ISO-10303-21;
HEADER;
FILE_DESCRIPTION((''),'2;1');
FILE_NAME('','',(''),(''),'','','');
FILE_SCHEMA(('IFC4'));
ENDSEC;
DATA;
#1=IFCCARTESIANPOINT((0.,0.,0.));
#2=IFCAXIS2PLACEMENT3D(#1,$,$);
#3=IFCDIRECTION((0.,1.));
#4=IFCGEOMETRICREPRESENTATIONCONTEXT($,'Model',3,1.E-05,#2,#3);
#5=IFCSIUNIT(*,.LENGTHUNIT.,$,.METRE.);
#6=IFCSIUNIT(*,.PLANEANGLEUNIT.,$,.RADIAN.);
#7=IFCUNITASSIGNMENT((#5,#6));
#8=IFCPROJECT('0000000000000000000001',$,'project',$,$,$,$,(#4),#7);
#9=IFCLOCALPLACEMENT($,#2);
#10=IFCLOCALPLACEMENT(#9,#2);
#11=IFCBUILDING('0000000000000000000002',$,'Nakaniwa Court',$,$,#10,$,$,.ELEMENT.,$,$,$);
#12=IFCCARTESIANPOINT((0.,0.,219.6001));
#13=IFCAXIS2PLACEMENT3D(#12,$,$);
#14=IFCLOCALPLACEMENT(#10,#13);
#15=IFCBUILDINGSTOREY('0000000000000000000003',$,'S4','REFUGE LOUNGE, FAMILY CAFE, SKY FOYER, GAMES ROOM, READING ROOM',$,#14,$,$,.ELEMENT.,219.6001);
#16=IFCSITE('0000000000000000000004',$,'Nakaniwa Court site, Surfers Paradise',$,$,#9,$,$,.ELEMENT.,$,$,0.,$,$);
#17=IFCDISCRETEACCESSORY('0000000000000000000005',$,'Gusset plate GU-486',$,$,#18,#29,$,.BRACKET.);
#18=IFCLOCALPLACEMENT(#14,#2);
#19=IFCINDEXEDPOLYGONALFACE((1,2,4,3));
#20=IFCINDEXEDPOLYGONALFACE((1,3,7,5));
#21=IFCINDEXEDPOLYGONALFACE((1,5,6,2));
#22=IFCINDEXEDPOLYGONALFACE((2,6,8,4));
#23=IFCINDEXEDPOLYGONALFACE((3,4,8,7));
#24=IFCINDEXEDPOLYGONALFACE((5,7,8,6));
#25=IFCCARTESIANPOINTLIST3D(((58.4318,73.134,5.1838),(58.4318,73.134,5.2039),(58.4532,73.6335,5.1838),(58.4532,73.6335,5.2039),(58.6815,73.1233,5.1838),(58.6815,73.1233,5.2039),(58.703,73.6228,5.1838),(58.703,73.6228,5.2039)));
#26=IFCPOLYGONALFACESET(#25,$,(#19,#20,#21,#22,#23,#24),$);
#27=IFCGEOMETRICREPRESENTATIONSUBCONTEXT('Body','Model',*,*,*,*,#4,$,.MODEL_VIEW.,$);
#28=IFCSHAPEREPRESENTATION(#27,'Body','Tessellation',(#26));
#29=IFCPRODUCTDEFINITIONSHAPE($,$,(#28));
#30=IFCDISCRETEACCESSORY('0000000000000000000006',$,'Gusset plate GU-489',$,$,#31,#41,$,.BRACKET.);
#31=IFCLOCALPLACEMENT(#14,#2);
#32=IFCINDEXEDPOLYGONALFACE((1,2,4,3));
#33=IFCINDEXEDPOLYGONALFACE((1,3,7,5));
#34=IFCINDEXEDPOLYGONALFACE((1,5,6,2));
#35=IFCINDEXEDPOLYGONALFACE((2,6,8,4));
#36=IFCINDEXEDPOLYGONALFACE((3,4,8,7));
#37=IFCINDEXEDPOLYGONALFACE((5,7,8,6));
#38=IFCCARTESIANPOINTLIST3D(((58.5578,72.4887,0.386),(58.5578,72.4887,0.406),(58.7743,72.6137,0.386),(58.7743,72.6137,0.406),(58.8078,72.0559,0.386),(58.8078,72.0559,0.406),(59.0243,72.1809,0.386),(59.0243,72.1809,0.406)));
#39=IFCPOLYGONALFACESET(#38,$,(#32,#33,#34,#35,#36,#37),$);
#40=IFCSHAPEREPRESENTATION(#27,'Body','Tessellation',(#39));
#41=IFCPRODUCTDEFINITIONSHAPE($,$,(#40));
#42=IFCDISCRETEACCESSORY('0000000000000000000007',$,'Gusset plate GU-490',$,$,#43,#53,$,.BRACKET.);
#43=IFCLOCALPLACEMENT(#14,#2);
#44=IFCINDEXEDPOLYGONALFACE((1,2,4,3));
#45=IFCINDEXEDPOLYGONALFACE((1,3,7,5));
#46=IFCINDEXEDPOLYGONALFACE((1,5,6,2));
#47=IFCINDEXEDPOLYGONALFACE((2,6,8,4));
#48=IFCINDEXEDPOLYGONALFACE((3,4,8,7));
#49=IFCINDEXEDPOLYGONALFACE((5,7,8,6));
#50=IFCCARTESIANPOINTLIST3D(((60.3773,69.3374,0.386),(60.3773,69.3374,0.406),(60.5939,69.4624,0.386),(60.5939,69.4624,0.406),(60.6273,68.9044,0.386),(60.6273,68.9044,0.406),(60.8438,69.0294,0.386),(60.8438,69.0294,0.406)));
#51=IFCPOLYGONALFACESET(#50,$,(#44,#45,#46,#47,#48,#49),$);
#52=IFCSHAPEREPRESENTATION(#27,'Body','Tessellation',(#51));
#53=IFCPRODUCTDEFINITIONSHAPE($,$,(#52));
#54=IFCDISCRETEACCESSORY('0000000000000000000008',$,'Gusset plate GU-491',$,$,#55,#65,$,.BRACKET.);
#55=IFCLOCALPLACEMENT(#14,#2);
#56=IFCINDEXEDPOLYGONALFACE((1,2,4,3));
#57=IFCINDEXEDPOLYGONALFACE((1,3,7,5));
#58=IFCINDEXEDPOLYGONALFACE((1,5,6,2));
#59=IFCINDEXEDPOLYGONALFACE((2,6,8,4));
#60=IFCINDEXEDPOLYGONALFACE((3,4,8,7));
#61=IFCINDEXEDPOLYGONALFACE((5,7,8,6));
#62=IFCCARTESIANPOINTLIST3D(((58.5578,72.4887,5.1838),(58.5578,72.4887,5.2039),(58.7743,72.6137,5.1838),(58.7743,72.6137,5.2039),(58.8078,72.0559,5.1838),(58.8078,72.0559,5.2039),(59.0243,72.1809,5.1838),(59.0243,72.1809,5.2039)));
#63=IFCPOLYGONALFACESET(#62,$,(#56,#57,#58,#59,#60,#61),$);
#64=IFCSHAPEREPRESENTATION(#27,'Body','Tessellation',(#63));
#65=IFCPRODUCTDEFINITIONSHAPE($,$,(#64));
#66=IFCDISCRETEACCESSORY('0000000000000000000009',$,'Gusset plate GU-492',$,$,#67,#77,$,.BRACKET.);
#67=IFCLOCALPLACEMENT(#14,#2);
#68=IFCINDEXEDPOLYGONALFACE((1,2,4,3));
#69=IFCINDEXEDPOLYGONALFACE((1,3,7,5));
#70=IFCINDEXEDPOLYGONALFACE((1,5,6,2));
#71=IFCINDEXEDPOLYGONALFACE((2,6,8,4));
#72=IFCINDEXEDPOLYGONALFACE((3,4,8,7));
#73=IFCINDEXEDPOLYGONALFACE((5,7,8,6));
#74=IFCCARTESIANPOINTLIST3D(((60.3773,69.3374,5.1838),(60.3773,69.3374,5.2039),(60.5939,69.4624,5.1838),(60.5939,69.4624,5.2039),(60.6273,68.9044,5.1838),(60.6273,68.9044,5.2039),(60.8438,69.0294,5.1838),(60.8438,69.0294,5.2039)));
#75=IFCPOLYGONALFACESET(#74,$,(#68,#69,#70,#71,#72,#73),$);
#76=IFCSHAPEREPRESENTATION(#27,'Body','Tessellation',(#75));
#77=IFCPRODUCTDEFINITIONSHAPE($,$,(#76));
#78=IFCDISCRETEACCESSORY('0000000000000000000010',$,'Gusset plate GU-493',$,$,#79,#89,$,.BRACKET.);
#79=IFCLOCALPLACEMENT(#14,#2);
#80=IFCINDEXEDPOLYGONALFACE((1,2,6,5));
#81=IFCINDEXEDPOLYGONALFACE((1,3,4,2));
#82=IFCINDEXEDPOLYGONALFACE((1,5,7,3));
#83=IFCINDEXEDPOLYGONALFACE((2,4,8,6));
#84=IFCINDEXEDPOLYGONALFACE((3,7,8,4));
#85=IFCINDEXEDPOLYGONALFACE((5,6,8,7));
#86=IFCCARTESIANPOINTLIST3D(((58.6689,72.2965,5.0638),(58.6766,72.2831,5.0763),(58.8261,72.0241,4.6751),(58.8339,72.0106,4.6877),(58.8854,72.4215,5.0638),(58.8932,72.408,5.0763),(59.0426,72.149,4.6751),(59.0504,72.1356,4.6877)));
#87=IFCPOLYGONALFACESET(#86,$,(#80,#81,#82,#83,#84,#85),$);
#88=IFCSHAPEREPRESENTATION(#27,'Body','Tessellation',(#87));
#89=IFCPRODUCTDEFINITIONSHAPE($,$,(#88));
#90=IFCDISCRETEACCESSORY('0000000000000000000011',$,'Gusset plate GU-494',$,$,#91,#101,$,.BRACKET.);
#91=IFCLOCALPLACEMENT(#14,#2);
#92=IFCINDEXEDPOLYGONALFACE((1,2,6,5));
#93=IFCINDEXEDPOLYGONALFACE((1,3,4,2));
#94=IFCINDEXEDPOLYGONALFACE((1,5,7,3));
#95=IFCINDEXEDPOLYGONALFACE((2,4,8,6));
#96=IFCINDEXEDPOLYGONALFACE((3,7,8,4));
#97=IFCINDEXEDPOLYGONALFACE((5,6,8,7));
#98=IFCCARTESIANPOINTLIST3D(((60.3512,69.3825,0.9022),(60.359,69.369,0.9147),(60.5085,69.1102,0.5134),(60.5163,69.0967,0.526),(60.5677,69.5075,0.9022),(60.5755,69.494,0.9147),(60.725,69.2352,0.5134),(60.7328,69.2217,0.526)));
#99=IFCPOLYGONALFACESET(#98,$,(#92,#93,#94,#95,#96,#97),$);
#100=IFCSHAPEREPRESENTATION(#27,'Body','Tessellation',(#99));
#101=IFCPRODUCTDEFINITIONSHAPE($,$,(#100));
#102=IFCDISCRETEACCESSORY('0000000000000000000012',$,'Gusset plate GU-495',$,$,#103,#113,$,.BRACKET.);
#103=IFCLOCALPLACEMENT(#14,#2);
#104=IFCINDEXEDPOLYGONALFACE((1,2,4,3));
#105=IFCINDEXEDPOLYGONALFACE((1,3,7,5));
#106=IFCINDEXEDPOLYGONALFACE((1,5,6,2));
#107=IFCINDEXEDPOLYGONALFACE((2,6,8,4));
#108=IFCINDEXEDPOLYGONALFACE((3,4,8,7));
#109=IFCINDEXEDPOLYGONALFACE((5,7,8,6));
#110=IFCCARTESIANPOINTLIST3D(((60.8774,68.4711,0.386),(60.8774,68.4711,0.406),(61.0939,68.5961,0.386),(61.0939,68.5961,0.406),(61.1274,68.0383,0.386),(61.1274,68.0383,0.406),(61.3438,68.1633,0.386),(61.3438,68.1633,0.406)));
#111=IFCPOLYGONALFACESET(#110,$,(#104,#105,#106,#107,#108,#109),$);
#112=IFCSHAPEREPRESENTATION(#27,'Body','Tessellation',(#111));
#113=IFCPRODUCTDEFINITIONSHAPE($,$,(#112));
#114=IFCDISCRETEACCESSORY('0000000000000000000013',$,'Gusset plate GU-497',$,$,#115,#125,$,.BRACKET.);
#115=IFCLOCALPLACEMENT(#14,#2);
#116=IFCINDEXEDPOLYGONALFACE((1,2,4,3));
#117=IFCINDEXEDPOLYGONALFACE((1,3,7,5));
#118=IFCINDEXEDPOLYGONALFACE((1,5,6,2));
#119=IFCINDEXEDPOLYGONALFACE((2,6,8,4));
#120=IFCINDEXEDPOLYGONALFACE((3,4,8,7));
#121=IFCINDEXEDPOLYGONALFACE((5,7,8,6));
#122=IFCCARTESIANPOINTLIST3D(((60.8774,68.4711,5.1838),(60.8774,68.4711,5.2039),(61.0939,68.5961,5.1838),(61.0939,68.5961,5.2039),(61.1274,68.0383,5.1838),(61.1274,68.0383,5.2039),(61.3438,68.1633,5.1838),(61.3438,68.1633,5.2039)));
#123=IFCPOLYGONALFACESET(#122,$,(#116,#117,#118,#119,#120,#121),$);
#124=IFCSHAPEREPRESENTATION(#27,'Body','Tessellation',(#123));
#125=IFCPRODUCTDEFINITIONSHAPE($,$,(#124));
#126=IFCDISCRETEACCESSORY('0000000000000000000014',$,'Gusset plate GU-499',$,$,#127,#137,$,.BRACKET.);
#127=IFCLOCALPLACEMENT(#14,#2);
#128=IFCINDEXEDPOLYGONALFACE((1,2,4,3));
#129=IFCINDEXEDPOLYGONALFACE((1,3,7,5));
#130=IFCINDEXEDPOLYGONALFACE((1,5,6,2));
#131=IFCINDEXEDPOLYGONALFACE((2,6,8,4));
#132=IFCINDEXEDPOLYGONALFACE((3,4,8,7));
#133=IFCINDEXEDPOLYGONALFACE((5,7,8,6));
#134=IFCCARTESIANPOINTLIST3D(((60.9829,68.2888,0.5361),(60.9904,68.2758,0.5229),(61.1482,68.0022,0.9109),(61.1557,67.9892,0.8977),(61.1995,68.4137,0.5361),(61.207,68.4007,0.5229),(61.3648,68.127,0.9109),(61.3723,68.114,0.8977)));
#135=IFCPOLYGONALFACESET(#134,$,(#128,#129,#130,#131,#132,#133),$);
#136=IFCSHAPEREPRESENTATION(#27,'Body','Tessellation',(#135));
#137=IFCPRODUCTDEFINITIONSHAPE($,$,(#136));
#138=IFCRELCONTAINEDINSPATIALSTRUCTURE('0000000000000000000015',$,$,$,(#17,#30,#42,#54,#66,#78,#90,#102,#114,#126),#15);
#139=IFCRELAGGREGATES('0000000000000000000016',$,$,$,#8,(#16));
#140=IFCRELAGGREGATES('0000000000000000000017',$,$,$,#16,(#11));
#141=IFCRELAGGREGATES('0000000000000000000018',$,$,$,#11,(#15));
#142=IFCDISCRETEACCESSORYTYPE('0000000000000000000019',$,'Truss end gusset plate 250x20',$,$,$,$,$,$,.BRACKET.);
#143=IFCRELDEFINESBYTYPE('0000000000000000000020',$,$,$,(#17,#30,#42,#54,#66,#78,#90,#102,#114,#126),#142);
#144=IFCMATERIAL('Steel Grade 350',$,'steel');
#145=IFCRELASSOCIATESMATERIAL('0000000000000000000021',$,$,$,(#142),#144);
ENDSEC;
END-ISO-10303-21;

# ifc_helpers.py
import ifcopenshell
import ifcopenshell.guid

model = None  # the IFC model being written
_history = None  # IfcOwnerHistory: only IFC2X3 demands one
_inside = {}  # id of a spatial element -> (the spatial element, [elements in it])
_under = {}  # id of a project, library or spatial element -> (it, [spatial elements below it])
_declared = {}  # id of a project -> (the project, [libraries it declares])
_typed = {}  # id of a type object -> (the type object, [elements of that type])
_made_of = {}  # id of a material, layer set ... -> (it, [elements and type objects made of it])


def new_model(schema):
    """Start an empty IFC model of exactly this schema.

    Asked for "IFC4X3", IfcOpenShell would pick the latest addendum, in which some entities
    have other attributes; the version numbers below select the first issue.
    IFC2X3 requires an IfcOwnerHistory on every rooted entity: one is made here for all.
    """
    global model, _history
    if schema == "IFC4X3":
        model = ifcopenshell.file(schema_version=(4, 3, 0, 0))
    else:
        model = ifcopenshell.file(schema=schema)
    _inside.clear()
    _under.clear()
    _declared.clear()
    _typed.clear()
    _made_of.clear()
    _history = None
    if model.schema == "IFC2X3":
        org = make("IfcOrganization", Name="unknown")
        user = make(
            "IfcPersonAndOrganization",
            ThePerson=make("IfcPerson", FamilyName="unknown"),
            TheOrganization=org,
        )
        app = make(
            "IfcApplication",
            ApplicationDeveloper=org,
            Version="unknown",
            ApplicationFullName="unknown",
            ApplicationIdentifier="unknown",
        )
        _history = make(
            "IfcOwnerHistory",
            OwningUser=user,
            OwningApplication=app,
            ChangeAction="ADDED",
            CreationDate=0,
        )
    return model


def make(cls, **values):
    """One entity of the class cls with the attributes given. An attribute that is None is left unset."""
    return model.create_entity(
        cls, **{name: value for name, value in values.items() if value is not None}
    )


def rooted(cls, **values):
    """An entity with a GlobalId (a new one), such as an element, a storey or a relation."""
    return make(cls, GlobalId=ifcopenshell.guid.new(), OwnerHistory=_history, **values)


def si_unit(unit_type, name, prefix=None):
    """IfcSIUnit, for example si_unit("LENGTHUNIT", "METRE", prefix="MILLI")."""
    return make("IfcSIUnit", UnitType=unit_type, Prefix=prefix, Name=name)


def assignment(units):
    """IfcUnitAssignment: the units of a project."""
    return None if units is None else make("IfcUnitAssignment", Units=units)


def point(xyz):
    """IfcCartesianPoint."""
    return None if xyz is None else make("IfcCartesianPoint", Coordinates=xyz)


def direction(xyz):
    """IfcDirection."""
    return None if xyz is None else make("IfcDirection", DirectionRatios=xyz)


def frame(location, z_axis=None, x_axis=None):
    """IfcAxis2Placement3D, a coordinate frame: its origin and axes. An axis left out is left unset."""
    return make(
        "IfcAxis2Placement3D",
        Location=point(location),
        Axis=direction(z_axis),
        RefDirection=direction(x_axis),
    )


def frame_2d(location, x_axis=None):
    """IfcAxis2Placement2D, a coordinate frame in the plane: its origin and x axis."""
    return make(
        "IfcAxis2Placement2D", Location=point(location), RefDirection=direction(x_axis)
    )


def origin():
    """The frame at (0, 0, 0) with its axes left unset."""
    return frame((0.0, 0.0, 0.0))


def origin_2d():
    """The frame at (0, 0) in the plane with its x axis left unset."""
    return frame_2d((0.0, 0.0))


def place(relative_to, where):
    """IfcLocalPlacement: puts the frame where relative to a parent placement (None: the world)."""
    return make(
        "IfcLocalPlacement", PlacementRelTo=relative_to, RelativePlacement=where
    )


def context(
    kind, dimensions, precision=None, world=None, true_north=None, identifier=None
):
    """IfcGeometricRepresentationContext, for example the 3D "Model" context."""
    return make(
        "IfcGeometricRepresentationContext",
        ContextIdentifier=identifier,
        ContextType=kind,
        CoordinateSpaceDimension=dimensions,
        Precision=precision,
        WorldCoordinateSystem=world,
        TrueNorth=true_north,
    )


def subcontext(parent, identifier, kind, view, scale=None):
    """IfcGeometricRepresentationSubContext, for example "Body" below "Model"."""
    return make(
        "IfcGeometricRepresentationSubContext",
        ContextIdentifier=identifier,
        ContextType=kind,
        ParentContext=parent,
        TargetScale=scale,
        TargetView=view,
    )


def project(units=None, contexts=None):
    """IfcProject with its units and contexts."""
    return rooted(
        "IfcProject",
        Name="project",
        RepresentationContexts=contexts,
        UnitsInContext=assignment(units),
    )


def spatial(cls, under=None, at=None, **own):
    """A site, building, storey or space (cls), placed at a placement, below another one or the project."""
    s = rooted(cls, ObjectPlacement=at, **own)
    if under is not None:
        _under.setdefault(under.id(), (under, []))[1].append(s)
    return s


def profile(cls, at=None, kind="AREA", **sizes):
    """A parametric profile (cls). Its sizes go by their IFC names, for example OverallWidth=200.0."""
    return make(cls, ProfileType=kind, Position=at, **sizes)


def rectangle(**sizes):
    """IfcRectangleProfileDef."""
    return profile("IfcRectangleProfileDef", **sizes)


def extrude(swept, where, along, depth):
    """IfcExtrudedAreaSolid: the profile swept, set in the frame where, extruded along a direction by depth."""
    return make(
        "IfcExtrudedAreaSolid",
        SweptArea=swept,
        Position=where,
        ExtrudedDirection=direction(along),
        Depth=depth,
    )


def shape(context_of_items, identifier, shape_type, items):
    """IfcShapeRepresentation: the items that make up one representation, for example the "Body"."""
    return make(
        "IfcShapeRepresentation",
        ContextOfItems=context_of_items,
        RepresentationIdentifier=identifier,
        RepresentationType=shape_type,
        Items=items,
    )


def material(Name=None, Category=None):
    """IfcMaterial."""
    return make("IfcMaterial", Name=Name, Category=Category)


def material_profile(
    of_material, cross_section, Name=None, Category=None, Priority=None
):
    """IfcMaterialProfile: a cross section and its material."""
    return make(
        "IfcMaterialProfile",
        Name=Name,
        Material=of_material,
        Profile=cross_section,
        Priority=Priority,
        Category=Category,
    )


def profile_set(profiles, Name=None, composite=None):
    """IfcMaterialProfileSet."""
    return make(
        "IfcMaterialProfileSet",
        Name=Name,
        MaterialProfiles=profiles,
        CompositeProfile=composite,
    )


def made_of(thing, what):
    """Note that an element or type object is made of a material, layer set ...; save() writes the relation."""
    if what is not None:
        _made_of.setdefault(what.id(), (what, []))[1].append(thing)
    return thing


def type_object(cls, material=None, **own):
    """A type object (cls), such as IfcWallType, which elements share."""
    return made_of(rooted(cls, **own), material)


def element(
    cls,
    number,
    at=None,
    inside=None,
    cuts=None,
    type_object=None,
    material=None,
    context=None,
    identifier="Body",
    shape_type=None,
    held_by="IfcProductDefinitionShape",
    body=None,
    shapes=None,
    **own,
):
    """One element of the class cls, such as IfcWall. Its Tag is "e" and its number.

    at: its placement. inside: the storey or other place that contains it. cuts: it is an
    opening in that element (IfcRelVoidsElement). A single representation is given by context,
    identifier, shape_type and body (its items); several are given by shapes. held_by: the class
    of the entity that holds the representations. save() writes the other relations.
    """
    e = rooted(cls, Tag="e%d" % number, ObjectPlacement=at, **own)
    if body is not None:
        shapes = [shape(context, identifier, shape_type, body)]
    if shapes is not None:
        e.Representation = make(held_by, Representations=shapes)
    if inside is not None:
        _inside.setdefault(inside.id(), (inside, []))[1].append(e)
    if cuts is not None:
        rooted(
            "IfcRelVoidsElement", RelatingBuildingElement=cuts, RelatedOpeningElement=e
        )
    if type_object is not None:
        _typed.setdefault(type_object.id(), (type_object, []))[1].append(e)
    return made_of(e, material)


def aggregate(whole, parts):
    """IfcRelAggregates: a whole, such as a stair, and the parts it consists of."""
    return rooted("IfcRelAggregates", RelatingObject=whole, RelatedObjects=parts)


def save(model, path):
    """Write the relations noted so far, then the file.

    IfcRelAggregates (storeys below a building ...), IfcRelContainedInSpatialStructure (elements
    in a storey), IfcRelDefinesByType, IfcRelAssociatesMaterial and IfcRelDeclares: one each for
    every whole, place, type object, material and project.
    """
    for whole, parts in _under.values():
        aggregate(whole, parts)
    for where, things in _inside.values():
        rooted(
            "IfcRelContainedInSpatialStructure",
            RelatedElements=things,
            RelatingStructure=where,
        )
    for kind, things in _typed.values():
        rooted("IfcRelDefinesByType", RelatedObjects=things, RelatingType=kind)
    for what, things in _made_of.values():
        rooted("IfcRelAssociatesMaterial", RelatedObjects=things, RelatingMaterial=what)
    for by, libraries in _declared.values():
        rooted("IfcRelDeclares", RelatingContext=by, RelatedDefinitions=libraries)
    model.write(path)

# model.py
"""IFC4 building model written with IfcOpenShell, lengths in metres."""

from ifc_helpers import new_model, si_unit, direction, frame, origin, origin_2d, place, context, subcontext, project, spatial, rectangle, extrude, material, material_profile, profile_set, type_object, element, save


model = new_model("IFC4")

# Units and contexts
model_context = context("Model", 3, precision=1e-05, world=origin(), true_north=direction((0.0, 1.0)))
body_context = subcontext(model_context, "Body", "Model", "MODEL_VIEW")
ifc_project = project(units=[si_unit("LENGTHUNIT", "METRE"), si_unit("PLANEANGLEUNIT", "RADIAN")], contexts=[model_context])

# Site, building, storey
site_placement = place(None, origin())
site = spatial("IfcSite", under=ifc_project, at=site_placement, Name="Nakaniwa Court site, Surfers Paradise", CompositionType="ELEMENT", RefElevation=0.0)
building_placement = place(site_placement, origin())
building = spatial("IfcBuilding", under=site, at=building_placement, Name="Nakaniwa Court", CompositionType="ELEMENT")
storey_placement = place(building_placement, frame((0.0, 0.0, 219.6001)))
storey = spatial("IfcBuildingStorey", under=building, at=storey_placement, Name="S4", Description="REFUGE LOUNGE, FAMILY CAFE, SKY FOYER, GAMES ROOM, READING ROOM", CompositionType="ELEMENT", Elevation=219.6001)

# Shared definitions
ifc_material_1 = material(Name="Steel Grade 350", Category="steel")

# Discrete accessories
ifc_material_profile_1 = material_profile(ifc_material_1, rectangle(XDim=0.25, YDim=0.02, at=origin_2d()), Name="Truss end gusset plate 250x20")
ifc_profile_set_1 = profile_set([ifc_material_profile_1], Name="Steel Grade 350")
discrete_accessory_type = type_object("IfcDiscreteAccessoryType", Name="Truss end gusset plate 250x20", PredefinedType="BRACKET", material=ifc_profile_set_1)
for number, where, z_axis, x_axis, name in (
    (1, (58.5781, 73.6282, 5.1938), (-0.042971, -0.999076, 0.0), (0.999076, -0.042971, 0.0), "Gusset plate GU-486"),
):
    element("IfcDiscreteAccessory", number, at=place(storey_placement, frame(where, z_axis=z_axis, x_axis=x_axis)), inside=storey, type_object=discrete_accessory_type, Name=name, PredefinedType="BRACKET", context=body_context, shape_type="SweptSolid", body=[
        extrude(rectangle(XDim=0.25, YDim=0.02, at=origin_2d()), origin(), (0.0, 0.0, 1.0), 0.5),
    ])
discrete_accessory_1_placement = place(storey_placement, frame((58.916, 72.1184, 0.396), z_axis=(-0.500131, 0.86595, 0.0), x_axis=(-0.86595, -0.500131, 0.0)))
element("IfcDiscreteAccessory", 2, at=discrete_accessory_1_placement, inside=storey, type_object=discrete_accessory_type, Name="Gusset plate GU-489", PredefinedType="BRACKET", context=body_context, shape_type="SweptSolid", body=[
    extrude(rectangle(XDim=0.25, YDim=0.02, at=origin_2d()), origin(), (0.0, 0.0, 1.0), 0.4998),
])
discrete_accessory_2_placement = place(storey_placement, frame((60.4856, 69.3999, 0.396), z_axis=(0.49992, -0.866072, 0.0), x_axis=(0.866072, 0.49992, 0.0)))
element("IfcDiscreteAccessory", 3, at=discrete_accessory_2_placement, inside=storey, type_object=discrete_accessory_type, Name="Gusset plate GU-490", PredefinedType="BRACKET", context=body_context, shape_type="SweptSolid", body=[
    extrude(rectangle(XDim=0.25, YDim=0.02, at=origin_2d()), origin(), (0.0, 0.0, 1.0), 0.5),
])
discrete_accessory_3_placement = place(storey_placement, frame((58.916, 72.1184, 5.1938), z_axis=(-0.500131, 0.86595, 0.0), x_axis=(-0.86595, -0.500131, 0.0)))
element("IfcDiscreteAccessory", 4, at=discrete_accessory_3_placement, inside=storey, type_object=discrete_accessory_type, Name="Gusset plate GU-491", PredefinedType="BRACKET", context=body_context, shape_type="SweptSolid", body=[
    extrude(rectangle(XDim=0.25, YDim=0.02, at=origin_2d()), origin(), (0.0, 0.0, 1.0), 0.4998),
])
for number, where, z_axis, x_axis, name in (
    (5, (60.4856, 69.3999, 5.1938), (0.49992, -0.866072, 0.0), (0.866072, 0.49992, 0.0), "Gusset plate GU-492"),
    (6, (58.9382, 72.0798, 4.6814), (-0.31444, 0.544899, 0.777311), (-0.866134, -0.499812, 0.0), "Gusset plate GU-493"),
    (7, (60.4634, 69.4382, 0.9084), (0.314524, -0.544556, -0.777518), (0.86594, 0.500148, 0.0), "Gusset plate GU-494"),
):
    element("IfcDiscreteAccessory", number, at=place(storey_placement, frame(where, z_axis=z_axis, x_axis=x_axis)), inside=storey, type_object=discrete_accessory_type, Name=name, PredefinedType="BRACKET", context=body_context, shape_type="SweptSolid", body=[
        extrude(rectangle(XDim=0.25, YDim=0.02, at=origin_2d()), origin(), (0.0, 0.0, 1.0), 0.5),
    ])
for number, where, z_axis, x_axis, name in (
    (8, (61.2356, 68.1008, 0.396), (-0.500131, 0.86595, 0.0), (-0.86595, -0.500131, 0.0), "Gusset plate GU-495"),
    (9, (61.2356, 68.1008, 5.1938), (-0.500131, 0.86595, 0.0), (-0.86595, -0.500131, 0.0), "Gusset plate GU-497"),
):
    element("IfcDiscreteAccessory", number, at=place(storey_placement, frame(where, z_axis=z_axis, x_axis=x_axis)), inside=storey, type_object=discrete_accessory_type, Name=name, PredefinedType="BRACKET", context=body_context, shape_type="SweptSolid", body=[
        extrude(rectangle(XDim=0.25, YDim=0.02, at=origin_2d()), origin(), (0.0, 0.0, 1.0), 0.4998),
    ])
discrete_accessory_4_placement = place(storey_placement, frame((61.2603, 68.0581, 0.9043), z_axis=(-0.330625, 0.573343, -0.749643), x_axis=(-0.866284, -0.499552, 0.0)))
element("IfcDiscreteAccessory", 10, at=discrete_accessory_4_placement, inside=storey, type_object=discrete_accessory_type, Name="Gusset plate GU-499", PredefinedType="BRACKET", context=body_context, shape_type="SweptSolid", body=[
    extrude(rectangle(XDim=0.25, YDim=0.02, at=origin_2d()), origin(), (0.0, 0.0, 1.0), 0.5),
])

save(model, "model.ifc")
